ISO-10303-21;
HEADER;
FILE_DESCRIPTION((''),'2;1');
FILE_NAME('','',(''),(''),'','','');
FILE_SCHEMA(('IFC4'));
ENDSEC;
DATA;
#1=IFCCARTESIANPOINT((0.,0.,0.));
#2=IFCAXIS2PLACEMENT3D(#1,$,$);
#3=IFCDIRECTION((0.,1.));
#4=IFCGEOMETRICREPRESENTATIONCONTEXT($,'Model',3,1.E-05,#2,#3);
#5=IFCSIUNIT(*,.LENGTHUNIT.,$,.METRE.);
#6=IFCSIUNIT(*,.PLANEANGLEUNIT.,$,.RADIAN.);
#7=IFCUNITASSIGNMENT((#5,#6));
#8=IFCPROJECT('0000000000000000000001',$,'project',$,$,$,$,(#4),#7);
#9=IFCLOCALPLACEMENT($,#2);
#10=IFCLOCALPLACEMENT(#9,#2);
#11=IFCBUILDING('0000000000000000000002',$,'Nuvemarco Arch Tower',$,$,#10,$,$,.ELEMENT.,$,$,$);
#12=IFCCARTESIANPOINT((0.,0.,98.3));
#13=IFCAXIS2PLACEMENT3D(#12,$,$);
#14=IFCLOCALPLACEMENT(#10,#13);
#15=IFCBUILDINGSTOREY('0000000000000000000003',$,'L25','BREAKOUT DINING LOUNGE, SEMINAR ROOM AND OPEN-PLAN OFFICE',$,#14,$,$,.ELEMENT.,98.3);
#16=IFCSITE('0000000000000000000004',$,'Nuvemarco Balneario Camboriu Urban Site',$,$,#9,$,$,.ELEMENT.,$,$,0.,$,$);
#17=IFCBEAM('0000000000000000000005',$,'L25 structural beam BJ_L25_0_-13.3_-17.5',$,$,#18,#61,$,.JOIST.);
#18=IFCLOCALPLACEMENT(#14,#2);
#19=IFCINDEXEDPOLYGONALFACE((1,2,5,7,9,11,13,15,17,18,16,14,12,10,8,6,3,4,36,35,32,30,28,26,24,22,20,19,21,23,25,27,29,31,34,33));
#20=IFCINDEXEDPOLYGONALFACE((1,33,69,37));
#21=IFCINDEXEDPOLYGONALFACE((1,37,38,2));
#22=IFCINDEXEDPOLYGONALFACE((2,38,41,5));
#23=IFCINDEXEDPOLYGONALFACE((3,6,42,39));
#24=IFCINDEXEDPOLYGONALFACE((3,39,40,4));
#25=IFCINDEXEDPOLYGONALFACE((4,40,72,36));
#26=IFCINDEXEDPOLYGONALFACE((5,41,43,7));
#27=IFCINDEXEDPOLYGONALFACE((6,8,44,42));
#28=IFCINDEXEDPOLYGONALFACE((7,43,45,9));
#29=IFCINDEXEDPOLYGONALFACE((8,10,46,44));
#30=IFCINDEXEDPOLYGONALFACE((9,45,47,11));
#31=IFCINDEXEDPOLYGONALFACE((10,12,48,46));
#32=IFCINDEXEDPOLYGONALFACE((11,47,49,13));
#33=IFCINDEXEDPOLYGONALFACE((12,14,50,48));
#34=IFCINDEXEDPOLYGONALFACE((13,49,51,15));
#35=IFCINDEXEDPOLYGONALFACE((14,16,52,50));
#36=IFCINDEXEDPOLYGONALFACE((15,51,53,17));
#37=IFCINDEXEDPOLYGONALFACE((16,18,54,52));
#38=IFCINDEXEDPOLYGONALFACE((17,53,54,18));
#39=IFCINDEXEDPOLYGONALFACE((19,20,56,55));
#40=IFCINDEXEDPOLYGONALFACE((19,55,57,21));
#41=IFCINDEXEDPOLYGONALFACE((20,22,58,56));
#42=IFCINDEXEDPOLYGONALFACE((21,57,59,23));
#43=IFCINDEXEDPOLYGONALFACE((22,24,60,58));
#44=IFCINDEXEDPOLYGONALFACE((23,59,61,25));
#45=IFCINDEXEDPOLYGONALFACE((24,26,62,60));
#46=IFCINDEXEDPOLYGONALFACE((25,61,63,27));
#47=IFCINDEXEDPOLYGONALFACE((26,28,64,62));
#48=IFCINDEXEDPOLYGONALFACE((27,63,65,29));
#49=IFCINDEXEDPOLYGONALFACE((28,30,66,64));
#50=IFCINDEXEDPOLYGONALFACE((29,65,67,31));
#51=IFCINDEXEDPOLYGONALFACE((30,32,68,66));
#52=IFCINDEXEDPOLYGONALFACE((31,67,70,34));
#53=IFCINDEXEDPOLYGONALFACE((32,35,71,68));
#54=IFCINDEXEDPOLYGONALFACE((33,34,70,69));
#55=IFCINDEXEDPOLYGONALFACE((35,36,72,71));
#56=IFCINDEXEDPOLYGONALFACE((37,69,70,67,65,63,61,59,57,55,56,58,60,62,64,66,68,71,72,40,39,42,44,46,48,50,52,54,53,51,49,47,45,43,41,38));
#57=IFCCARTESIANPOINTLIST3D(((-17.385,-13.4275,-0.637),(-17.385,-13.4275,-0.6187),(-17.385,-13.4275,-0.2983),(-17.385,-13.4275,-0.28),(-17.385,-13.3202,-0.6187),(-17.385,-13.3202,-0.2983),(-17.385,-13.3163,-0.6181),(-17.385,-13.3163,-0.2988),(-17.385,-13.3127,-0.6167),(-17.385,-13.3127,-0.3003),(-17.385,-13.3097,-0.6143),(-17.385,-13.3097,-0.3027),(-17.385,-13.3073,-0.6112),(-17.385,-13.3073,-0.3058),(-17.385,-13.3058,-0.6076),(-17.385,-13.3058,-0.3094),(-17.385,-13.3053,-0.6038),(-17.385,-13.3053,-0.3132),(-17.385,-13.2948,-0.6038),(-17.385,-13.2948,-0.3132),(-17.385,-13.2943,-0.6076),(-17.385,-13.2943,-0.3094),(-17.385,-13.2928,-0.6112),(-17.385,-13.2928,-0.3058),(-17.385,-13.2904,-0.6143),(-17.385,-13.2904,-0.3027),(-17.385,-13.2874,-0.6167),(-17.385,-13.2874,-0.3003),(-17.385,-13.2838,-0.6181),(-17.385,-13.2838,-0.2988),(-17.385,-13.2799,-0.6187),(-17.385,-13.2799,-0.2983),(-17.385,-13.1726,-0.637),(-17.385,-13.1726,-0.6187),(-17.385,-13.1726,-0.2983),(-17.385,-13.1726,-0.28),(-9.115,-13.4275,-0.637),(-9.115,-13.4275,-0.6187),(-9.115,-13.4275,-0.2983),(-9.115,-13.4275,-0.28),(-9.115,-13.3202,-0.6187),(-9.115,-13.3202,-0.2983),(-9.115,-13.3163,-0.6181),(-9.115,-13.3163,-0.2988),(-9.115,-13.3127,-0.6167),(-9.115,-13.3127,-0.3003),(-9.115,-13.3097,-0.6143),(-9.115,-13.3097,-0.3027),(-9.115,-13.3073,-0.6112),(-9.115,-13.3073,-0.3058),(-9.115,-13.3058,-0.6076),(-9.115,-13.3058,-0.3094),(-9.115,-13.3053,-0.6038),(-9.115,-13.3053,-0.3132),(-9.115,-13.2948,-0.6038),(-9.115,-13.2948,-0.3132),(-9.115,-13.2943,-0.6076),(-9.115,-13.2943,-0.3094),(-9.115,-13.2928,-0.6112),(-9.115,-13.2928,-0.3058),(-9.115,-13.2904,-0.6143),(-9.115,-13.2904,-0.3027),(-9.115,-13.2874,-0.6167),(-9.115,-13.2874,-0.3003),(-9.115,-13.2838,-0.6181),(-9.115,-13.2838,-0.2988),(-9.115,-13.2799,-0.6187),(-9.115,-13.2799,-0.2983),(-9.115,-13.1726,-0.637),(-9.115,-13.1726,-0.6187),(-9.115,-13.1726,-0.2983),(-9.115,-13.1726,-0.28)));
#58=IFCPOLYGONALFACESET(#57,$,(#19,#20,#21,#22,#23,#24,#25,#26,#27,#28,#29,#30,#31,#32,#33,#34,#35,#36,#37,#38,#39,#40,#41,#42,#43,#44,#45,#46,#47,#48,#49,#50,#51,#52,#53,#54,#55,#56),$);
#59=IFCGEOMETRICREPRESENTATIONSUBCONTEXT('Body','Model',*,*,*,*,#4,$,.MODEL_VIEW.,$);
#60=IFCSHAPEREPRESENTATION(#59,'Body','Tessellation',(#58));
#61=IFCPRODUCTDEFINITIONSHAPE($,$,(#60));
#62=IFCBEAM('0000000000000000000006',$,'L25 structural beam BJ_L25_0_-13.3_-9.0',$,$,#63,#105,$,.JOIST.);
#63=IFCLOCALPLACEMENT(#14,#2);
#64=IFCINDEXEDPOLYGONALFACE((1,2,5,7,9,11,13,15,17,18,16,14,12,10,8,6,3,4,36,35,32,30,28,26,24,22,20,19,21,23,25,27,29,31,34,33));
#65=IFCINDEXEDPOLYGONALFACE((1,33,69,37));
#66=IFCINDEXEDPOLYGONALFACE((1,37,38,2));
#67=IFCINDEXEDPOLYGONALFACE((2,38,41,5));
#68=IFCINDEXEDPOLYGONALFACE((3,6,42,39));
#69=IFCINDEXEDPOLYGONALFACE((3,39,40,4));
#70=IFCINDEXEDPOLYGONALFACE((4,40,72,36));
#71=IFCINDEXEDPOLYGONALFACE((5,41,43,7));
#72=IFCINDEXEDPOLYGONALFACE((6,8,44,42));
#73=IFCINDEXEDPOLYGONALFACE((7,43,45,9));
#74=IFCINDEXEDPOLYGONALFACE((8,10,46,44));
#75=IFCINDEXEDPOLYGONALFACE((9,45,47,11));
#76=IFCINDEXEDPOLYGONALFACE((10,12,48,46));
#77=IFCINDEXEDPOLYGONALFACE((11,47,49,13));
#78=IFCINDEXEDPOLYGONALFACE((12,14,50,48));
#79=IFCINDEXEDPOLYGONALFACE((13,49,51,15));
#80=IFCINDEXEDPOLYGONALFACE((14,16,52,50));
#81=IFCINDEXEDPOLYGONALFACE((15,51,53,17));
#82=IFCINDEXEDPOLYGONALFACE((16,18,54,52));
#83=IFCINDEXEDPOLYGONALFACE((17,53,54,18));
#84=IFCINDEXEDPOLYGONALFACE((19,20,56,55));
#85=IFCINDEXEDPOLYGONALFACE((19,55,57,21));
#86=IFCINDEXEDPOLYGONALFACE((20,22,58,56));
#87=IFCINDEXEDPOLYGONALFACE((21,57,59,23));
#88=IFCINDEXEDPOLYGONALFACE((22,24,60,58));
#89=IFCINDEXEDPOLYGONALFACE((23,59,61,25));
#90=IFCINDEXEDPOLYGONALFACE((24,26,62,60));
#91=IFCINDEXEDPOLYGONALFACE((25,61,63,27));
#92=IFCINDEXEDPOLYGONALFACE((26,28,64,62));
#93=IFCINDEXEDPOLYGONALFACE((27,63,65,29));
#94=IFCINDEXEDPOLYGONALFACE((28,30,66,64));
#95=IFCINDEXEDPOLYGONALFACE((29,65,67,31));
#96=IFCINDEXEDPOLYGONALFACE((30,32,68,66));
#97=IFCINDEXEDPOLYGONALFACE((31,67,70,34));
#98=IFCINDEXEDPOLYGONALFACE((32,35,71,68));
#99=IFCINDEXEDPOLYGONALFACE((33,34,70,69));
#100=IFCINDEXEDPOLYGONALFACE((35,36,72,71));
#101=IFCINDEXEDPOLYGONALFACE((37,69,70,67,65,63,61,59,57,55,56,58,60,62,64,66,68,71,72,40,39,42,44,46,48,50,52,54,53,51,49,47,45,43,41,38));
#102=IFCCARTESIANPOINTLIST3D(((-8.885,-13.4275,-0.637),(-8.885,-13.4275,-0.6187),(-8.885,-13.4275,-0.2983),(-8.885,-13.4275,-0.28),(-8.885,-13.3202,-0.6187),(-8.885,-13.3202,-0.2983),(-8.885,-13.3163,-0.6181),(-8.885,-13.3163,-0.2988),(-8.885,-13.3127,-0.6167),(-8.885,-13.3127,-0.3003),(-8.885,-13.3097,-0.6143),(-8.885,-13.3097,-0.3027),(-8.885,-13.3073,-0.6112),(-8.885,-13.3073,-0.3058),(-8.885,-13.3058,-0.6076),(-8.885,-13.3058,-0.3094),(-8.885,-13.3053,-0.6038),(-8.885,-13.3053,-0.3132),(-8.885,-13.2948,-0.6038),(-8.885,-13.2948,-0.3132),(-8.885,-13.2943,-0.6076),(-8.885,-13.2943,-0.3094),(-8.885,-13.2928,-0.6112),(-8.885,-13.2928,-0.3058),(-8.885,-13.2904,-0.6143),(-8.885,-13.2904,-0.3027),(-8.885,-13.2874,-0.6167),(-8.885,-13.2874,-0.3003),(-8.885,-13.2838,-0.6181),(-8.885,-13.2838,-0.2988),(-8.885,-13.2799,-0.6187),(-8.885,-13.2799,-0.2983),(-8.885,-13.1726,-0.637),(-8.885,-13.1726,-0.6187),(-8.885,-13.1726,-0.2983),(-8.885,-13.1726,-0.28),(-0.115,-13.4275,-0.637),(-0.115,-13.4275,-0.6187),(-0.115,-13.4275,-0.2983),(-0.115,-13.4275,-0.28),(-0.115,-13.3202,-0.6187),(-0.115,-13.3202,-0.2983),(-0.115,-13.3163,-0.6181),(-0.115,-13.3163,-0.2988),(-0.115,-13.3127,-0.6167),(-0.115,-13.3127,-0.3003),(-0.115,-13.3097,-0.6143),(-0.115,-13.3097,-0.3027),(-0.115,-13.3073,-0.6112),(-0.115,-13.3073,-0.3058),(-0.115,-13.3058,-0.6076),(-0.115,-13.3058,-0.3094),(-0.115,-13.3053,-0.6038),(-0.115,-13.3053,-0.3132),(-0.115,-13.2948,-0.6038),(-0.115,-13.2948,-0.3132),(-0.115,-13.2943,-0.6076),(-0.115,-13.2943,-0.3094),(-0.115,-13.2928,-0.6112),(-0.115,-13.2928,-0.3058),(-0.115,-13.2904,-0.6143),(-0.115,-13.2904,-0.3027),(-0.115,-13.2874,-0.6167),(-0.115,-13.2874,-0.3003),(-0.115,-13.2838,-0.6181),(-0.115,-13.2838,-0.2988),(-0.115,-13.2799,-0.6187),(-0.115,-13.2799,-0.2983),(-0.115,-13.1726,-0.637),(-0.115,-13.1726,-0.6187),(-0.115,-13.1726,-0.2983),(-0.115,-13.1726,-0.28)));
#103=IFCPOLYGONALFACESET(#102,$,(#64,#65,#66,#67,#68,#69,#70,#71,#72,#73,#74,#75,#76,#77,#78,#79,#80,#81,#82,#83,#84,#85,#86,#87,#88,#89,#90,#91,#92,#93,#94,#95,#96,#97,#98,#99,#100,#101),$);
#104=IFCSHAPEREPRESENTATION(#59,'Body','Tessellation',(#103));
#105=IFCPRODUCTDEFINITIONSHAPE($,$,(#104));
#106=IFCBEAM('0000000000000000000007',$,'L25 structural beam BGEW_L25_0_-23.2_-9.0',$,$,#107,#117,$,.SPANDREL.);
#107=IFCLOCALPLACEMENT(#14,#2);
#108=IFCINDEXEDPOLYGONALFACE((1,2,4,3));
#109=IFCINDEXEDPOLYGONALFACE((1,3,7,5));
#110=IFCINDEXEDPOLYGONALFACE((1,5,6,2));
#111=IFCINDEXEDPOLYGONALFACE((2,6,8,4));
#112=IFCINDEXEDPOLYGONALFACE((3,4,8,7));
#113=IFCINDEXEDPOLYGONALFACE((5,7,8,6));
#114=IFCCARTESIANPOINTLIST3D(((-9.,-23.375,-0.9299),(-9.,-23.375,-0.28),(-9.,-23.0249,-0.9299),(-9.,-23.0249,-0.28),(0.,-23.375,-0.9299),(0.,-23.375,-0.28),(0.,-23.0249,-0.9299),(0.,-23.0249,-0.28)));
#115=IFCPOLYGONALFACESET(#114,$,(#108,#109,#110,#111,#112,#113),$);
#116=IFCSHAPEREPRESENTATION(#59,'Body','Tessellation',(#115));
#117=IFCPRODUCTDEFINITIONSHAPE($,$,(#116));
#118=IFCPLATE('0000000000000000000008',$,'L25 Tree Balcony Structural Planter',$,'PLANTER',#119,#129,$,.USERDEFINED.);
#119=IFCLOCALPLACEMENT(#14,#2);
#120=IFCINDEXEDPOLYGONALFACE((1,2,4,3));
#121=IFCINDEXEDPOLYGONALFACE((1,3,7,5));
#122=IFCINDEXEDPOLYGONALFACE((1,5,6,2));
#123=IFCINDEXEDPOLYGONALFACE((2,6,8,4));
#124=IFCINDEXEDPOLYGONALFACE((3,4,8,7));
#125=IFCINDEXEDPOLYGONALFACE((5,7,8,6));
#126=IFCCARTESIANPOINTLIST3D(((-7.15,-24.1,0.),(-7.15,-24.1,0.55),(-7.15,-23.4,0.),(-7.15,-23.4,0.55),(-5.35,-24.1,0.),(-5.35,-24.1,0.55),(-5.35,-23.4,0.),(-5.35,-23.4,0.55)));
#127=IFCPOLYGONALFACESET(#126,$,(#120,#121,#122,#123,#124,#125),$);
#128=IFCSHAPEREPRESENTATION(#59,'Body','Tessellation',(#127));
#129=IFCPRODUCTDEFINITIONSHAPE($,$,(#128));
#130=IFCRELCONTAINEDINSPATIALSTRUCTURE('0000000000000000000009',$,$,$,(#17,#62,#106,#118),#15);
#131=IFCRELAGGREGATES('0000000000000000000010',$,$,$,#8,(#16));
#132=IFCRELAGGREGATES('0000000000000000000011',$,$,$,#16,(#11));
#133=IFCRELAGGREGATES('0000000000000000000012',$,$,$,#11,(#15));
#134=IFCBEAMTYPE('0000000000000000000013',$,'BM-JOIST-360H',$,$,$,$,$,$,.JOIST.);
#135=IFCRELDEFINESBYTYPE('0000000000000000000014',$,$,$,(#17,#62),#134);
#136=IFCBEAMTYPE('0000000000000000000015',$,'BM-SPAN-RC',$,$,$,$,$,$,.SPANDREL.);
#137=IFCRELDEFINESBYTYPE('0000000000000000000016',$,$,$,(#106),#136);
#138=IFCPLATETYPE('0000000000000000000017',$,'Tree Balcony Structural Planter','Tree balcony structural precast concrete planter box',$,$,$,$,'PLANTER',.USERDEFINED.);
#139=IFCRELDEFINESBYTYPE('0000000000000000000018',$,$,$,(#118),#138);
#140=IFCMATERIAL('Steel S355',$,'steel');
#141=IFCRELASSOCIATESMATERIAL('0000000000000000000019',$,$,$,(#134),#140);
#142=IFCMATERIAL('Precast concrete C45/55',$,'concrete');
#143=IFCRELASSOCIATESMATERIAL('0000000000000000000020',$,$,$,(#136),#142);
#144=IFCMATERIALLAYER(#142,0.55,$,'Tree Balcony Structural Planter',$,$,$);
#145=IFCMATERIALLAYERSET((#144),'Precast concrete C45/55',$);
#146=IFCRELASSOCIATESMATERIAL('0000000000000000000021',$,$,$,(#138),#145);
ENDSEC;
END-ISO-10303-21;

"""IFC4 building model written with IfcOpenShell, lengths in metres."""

from ifc_helpers import new_model, si_unit, direction, frame, origin, origin_2d, place, context, subcontext, project, spatial, rectangle, i_section, extrude, source, transform, mapped, material, layer, layer_set, material_profile, profile_set, type_object, type_shapes, element, save


model = new_model("IFC4")

# Units and contexts
model_context = context("Model", 3, precision=1e-05, world=origin(), true_north=direction((0.0, 1.0)))
body_context = subcontext(model_context, "Body", "Model", "MODEL_VIEW")
ifc_project = project(units=[si_unit("LENGTHUNIT", "METRE"), si_unit("PLANEANGLEUNIT", "RADIAN")], contexts=[model_context])

# Site, building, storey
site_placement = place(None, origin())
site = spatial("IfcSite", under=ifc_project, at=site_placement, Name="Nuvemarco Balneario Camboriu Urban Site", CompositionType="ELEMENT", RefElevation=0.0)
building_placement = place(site_placement, origin())
building = spatial("IfcBuilding", under=site, at=building_placement, Name="Nuvemarco Arch Tower", CompositionType="ELEMENT")
storey_placement = place(building_placement, frame((0.0, 0.0, 98.3)))
storey = spatial("IfcBuildingStorey", under=building, at=storey_placement, Name="L25", Description="BREAKOUT DINING LOUNGE, SEMINAR ROOM AND OPEN-PLAN OFFICE", CompositionType="ELEMENT", Elevation=98.3)

# Shared definitions
ifc_material_1 = material(Name="Steel S355", Category="steel")

# Beams
ifc_material_profile_1 = material_profile(ifc_material_1, i_section(OverallWidth=0.2549, OverallDepth=0.3569, WebThickness=0.0105, FlangeThickness=0.0183, FilletRadius=0.0149, at=origin_2d()), Name="W360x101")
ifc_profile_set_1 = profile_set([ifc_material_profile_1], Name="Steel S355")
beam_type_1 = type_object("IfcBeamType", Name="BM-JOIST-360H", PredefinedType="JOIST", material=ifc_profile_set_1)
beam_1_placement = place(storey_placement, frame((-17.385, -13.3, -0.4585), z_axis=(1.0, 0.0, 0.0), x_axis=(0.0, 1.0, 0.0)))
element("IfcBeam", 1, at=beam_1_placement, inside=storey, type_object=beam_type_1, Name="L25 structural beam BJ_L25_0_-13.3_-17.5", PredefinedType="JOIST", context=body_context, shape_type="SweptSolid", body=[
    extrude(i_section(OverallWidth=0.2549, OverallDepth=0.3569, WebThickness=0.0105, FlangeThickness=0.0183, FilletRadius=0.0149, at=origin_2d()), origin(), (0.0, 0.0, 1.0), 8.27),
])
beam_2_placement = place(storey_placement, frame((-8.885, -13.3, -0.4585), z_axis=(1.0, 0.0, 0.0), x_axis=(0.0, 1.0, 0.0)))
element("IfcBeam", 2, at=beam_2_placement, inside=storey, type_object=beam_type_1, Name="L25 structural beam BJ_L25_0_-13.3_-9.0", PredefinedType="JOIST", context=body_context, shape_type="SweptSolid", body=[
    extrude(i_section(OverallWidth=0.2549, OverallDepth=0.3569, WebThickness=0.0105, FlangeThickness=0.0183, FilletRadius=0.0149, at=origin_2d()), origin(), (0.0, 0.0, 1.0), 8.77),
])
ifc_material_2 = material(Name="Precast concrete C45/55", Category="concrete")
ifc_material_profile_2 = material_profile(ifc_material_2, rectangle(XDim=0.3501, YDim=0.6499, at=origin_2d()), Name="PC-SP-350x650")
ifc_profile_set_2 = profile_set([ifc_material_profile_2], Name="Precast concrete C45/55")
beam_type_2 = type_object("IfcBeamType", Name="BM-SPAN-RC", PredefinedType="SPANDREL", material=ifc_profile_set_2)
beam_3_placement = place(storey_placement, frame((-9.0, -23.2, -0.605), z_axis=(1.0, 0.0, 0.0), x_axis=(0.0, 1.0, 0.0)))
element("IfcBeam", 3, at=beam_3_placement, inside=storey, type_object=beam_type_2, Name="L25 structural beam BGEW_L25_0_-23.2_-9.0", PredefinedType="SPANDREL", context=body_context, shape_type="SweptSolid", body=[
    extrude(rectangle(XDim=0.3501, YDim=0.6499, at=origin_2d()), origin(), (0.0, 0.0, 1.0), 9.0),
])

# Plate
ifc_layer_1 = layer(ifc_material_2, 0.55, Name="Tree Balcony Structural Planter")
ifc_layer_set_1 = layer_set([ifc_layer_1], Name="Precast concrete C45/55")
plate_type = type_object("IfcPlateType", Name="Tree Balcony Structural Planter", Description="Tree balcony structural precast concrete planter box", ElementType="PLANTER", PredefinedType="USERDEFINED", material=ifc_layer_set_1)
shared_shape_1 = source(origin(), body_context, "Body", "SweptSolid", [
    extrude(rectangle(XDim=1.8, YDim=0.7, at=origin_2d()), origin(), (0.0, 0.0, 1.0), 0.55),
])
type_shapes(plate_type, [shared_shape_1])
plate_placement = place(storey_placement, frame((-6.25, -23.75, 0.0), z_axis=(0.0, 0.0, 1.0), x_axis=(1.0, 0.0, 0.0)))
element("IfcPlate", 4, at=plate_placement, inside=storey, type_object=plate_type, Name="L25 Tree Balcony Structural Planter", ObjectType="PLANTER", PredefinedType="USERDEFINED", context=body_context, shape_type="MappedRepresentation", body=[
    mapped(shared_shape_1, transform((0.0, 0.0, 0.0), scale=1.0)),
])

save(model, "model.ifc")
